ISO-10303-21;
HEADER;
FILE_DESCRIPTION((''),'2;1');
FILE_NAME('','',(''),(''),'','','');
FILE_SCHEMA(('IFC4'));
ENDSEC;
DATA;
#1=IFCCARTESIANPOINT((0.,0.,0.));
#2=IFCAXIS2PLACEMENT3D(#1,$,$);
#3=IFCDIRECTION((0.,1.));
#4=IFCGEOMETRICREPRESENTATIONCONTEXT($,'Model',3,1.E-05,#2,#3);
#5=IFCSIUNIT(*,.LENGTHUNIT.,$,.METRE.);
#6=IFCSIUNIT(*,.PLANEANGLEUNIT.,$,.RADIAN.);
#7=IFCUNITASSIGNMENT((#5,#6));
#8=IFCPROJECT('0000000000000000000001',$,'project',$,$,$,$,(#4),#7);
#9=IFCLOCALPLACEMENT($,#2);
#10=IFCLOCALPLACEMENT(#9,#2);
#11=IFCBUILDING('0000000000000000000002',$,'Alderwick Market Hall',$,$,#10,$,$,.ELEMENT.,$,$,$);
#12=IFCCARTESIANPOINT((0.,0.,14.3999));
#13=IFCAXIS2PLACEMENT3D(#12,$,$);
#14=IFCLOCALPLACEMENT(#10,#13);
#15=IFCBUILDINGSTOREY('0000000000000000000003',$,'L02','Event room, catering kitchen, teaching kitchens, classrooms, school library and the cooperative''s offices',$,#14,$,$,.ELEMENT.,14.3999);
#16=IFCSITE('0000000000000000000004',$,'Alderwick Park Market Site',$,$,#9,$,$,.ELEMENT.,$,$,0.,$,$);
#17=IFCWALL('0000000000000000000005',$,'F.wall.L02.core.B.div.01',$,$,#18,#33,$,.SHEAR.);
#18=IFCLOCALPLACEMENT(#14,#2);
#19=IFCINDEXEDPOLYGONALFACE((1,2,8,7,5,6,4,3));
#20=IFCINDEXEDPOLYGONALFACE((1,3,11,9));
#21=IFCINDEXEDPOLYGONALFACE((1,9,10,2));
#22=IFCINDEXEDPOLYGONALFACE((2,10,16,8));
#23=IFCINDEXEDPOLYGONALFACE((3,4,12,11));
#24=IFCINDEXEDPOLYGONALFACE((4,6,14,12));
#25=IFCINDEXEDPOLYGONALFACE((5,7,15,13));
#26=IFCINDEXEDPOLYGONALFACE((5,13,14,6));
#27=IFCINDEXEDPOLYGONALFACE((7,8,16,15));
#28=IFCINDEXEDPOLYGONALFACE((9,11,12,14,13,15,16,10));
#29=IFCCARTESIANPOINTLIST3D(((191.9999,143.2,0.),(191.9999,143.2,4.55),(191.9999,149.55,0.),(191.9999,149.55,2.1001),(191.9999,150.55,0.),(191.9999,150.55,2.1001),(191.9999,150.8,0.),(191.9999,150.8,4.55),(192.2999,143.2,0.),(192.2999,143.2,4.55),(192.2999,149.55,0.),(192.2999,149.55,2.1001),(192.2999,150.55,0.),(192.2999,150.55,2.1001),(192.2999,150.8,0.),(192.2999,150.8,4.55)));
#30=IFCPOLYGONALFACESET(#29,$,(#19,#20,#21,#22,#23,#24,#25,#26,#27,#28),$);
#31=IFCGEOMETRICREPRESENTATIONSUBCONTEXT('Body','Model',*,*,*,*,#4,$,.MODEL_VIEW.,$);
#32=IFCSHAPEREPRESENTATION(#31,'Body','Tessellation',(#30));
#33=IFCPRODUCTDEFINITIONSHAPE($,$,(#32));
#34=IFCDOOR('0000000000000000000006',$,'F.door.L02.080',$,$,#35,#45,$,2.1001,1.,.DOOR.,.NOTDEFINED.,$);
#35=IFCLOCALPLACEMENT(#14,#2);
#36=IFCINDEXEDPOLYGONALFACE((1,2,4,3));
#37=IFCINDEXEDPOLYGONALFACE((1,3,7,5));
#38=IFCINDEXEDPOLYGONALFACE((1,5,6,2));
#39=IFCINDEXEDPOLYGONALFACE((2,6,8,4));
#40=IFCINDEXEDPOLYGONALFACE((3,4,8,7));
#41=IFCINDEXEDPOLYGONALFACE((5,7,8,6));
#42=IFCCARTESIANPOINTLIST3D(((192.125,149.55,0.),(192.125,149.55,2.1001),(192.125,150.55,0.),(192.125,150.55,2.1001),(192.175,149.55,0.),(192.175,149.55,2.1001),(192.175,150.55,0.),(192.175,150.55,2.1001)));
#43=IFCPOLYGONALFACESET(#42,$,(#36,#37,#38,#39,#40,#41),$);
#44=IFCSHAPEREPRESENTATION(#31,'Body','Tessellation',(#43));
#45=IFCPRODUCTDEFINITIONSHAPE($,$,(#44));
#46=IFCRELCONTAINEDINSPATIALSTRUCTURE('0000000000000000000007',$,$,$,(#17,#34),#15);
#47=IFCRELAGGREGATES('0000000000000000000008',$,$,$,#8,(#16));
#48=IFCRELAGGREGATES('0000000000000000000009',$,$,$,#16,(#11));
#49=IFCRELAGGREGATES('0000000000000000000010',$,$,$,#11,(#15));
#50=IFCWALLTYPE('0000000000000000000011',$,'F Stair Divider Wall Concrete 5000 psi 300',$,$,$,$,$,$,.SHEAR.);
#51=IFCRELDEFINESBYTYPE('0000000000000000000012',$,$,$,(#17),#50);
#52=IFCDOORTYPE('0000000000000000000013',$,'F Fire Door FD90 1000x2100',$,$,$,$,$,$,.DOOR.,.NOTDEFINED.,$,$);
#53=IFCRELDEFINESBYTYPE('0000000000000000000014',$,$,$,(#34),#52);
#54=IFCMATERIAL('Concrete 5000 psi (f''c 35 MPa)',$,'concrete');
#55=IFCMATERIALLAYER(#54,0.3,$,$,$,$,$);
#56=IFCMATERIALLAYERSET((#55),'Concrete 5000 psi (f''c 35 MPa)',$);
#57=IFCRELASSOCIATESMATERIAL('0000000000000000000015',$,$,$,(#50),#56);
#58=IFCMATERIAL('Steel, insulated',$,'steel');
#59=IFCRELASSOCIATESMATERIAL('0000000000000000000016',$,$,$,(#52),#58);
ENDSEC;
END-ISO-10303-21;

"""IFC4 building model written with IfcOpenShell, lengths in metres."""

from ifc_helpers import new_model, si_unit, direction, frame, frame_2d, origin, place, context, subcontext, project, spatial, rectangle, extrude, material, layer, layer_set, type_object, element, fill, save


model = new_model("IFC4")

# Units and contexts
model_context = context("Model", 3, precision=1e-05, world=origin(), true_north=direction((0.0, 1.0)))
body_context = subcontext(model_context, "Body", "Model", "MODEL_VIEW")
ifc_project = project(units=[si_unit("LENGTHUNIT", "METRE"), si_unit("PLANEANGLEUNIT", "RADIAN")], contexts=[model_context])

# Site, building, storey
site_placement = place(None, origin())
site = spatial("IfcSite", under=ifc_project, at=site_placement, Name="Alderwick Park Market Site", CompositionType="ELEMENT", RefElevation=0.0)
building_placement = place(site_placement, origin())
building = spatial("IfcBuilding", under=site, at=building_placement, Name="Alderwick Market Hall", CompositionType="ELEMENT")
storey_placement = place(building_placement, frame((0.0, 0.0, 14.3999)))
storey = spatial("IfcBuildingStorey", under=building, at=storey_placement, Name="L02", Description="Event room, catering kitchen, teaching kitchens, classrooms, school library and the cooperative's offices", CompositionType="ELEMENT", Elevation=14.3999)

# Shared definitions
ifc_material_1 = material(Name="Concrete 5000 psi (f'c 35 MPa)", Category="concrete")

# Shared definitions
ifc_material_2 = material(Name="Steel, insulated", Category="steel")

# Wall, opening, door
ifc_layer_1 = layer(ifc_material_1, 0.3)
ifc_layer_set_1 = layer_set([ifc_layer_1], Name="Concrete 5000 psi (f'c 35 MPa)")
wall_type_1 = type_object("IfcWallType", Name="F Stair Divider Wall Concrete 5000 psi 300", PredefinedType="SHEAR", material=ifc_layer_set_1)
wall_1_placement = place(storey_placement, frame((192.1499, 143.2, 0.0), z_axis=(0.0, 0.0, 1.0), x_axis=(0.0, 1.0, 0.0)))
wall_1 = element("IfcWall", 1, at=wall_1_placement, inside=storey, type_object=wall_type_1, Name="F.wall.L02.core.B.div.01", PredefinedType="SHEAR", context=body_context, shape_type="SweptSolid", body=[
    extrude(rectangle(XDim=7.6001, YDim=0.3, at=frame_2d((3.8, 0.0))), origin(), (0.0, 0.0, 1.0), 4.55),
])
opening_1_placement = place(wall_1_placement, frame((6.3501, 0.0, 0.0)))
opening_1 = element("IfcOpeningElement", 2, at=opening_1_placement, cuts=wall_1, PredefinedType="OPENING", context=body_context, shape_type="SweptSolid", body=[
    extrude(rectangle(XDim=1.0, YDim=2.1001, at=frame_2d((0.5, 1.05))), frame((0.0, 0.1599, 0.0), z_axis=(0.0, -1.0, 0.0), x_axis=(1.0, 0.0, 0.0)), (0.0, 0.0, 1.0), 0.3201),
])
door_type_1 = type_object("IfcDoorType", Name="F Fire Door FD90 1000x2100", OperationType="NOTDEFINED", PredefinedType="DOOR", material=ifc_material_2)
door_1_placement = place(opening_1_placement, origin())
door_1 = element("IfcDoor", 3, at=door_1_placement, inside=storey, type_object=door_type_1, Name="F.door.L02.080", OperationType="NOTDEFINED", OverallHeight=2.1001, OverallWidth=1.0, PredefinedType="DOOR", context=body_context, shape_type="SweptSolid", body=[
    extrude(rectangle(XDim=1.0, YDim=2.1001, at=frame_2d((0.5, 1.05))), frame((0.0, 0.0249, 0.0), z_axis=(0.0, -1.0, 0.0), x_axis=(1.0, 0.0, 0.0)), (0.0, 0.0, 1.0), 0.05),
])
fill(opening_1, door_1)

save(model, "model.ifc")
